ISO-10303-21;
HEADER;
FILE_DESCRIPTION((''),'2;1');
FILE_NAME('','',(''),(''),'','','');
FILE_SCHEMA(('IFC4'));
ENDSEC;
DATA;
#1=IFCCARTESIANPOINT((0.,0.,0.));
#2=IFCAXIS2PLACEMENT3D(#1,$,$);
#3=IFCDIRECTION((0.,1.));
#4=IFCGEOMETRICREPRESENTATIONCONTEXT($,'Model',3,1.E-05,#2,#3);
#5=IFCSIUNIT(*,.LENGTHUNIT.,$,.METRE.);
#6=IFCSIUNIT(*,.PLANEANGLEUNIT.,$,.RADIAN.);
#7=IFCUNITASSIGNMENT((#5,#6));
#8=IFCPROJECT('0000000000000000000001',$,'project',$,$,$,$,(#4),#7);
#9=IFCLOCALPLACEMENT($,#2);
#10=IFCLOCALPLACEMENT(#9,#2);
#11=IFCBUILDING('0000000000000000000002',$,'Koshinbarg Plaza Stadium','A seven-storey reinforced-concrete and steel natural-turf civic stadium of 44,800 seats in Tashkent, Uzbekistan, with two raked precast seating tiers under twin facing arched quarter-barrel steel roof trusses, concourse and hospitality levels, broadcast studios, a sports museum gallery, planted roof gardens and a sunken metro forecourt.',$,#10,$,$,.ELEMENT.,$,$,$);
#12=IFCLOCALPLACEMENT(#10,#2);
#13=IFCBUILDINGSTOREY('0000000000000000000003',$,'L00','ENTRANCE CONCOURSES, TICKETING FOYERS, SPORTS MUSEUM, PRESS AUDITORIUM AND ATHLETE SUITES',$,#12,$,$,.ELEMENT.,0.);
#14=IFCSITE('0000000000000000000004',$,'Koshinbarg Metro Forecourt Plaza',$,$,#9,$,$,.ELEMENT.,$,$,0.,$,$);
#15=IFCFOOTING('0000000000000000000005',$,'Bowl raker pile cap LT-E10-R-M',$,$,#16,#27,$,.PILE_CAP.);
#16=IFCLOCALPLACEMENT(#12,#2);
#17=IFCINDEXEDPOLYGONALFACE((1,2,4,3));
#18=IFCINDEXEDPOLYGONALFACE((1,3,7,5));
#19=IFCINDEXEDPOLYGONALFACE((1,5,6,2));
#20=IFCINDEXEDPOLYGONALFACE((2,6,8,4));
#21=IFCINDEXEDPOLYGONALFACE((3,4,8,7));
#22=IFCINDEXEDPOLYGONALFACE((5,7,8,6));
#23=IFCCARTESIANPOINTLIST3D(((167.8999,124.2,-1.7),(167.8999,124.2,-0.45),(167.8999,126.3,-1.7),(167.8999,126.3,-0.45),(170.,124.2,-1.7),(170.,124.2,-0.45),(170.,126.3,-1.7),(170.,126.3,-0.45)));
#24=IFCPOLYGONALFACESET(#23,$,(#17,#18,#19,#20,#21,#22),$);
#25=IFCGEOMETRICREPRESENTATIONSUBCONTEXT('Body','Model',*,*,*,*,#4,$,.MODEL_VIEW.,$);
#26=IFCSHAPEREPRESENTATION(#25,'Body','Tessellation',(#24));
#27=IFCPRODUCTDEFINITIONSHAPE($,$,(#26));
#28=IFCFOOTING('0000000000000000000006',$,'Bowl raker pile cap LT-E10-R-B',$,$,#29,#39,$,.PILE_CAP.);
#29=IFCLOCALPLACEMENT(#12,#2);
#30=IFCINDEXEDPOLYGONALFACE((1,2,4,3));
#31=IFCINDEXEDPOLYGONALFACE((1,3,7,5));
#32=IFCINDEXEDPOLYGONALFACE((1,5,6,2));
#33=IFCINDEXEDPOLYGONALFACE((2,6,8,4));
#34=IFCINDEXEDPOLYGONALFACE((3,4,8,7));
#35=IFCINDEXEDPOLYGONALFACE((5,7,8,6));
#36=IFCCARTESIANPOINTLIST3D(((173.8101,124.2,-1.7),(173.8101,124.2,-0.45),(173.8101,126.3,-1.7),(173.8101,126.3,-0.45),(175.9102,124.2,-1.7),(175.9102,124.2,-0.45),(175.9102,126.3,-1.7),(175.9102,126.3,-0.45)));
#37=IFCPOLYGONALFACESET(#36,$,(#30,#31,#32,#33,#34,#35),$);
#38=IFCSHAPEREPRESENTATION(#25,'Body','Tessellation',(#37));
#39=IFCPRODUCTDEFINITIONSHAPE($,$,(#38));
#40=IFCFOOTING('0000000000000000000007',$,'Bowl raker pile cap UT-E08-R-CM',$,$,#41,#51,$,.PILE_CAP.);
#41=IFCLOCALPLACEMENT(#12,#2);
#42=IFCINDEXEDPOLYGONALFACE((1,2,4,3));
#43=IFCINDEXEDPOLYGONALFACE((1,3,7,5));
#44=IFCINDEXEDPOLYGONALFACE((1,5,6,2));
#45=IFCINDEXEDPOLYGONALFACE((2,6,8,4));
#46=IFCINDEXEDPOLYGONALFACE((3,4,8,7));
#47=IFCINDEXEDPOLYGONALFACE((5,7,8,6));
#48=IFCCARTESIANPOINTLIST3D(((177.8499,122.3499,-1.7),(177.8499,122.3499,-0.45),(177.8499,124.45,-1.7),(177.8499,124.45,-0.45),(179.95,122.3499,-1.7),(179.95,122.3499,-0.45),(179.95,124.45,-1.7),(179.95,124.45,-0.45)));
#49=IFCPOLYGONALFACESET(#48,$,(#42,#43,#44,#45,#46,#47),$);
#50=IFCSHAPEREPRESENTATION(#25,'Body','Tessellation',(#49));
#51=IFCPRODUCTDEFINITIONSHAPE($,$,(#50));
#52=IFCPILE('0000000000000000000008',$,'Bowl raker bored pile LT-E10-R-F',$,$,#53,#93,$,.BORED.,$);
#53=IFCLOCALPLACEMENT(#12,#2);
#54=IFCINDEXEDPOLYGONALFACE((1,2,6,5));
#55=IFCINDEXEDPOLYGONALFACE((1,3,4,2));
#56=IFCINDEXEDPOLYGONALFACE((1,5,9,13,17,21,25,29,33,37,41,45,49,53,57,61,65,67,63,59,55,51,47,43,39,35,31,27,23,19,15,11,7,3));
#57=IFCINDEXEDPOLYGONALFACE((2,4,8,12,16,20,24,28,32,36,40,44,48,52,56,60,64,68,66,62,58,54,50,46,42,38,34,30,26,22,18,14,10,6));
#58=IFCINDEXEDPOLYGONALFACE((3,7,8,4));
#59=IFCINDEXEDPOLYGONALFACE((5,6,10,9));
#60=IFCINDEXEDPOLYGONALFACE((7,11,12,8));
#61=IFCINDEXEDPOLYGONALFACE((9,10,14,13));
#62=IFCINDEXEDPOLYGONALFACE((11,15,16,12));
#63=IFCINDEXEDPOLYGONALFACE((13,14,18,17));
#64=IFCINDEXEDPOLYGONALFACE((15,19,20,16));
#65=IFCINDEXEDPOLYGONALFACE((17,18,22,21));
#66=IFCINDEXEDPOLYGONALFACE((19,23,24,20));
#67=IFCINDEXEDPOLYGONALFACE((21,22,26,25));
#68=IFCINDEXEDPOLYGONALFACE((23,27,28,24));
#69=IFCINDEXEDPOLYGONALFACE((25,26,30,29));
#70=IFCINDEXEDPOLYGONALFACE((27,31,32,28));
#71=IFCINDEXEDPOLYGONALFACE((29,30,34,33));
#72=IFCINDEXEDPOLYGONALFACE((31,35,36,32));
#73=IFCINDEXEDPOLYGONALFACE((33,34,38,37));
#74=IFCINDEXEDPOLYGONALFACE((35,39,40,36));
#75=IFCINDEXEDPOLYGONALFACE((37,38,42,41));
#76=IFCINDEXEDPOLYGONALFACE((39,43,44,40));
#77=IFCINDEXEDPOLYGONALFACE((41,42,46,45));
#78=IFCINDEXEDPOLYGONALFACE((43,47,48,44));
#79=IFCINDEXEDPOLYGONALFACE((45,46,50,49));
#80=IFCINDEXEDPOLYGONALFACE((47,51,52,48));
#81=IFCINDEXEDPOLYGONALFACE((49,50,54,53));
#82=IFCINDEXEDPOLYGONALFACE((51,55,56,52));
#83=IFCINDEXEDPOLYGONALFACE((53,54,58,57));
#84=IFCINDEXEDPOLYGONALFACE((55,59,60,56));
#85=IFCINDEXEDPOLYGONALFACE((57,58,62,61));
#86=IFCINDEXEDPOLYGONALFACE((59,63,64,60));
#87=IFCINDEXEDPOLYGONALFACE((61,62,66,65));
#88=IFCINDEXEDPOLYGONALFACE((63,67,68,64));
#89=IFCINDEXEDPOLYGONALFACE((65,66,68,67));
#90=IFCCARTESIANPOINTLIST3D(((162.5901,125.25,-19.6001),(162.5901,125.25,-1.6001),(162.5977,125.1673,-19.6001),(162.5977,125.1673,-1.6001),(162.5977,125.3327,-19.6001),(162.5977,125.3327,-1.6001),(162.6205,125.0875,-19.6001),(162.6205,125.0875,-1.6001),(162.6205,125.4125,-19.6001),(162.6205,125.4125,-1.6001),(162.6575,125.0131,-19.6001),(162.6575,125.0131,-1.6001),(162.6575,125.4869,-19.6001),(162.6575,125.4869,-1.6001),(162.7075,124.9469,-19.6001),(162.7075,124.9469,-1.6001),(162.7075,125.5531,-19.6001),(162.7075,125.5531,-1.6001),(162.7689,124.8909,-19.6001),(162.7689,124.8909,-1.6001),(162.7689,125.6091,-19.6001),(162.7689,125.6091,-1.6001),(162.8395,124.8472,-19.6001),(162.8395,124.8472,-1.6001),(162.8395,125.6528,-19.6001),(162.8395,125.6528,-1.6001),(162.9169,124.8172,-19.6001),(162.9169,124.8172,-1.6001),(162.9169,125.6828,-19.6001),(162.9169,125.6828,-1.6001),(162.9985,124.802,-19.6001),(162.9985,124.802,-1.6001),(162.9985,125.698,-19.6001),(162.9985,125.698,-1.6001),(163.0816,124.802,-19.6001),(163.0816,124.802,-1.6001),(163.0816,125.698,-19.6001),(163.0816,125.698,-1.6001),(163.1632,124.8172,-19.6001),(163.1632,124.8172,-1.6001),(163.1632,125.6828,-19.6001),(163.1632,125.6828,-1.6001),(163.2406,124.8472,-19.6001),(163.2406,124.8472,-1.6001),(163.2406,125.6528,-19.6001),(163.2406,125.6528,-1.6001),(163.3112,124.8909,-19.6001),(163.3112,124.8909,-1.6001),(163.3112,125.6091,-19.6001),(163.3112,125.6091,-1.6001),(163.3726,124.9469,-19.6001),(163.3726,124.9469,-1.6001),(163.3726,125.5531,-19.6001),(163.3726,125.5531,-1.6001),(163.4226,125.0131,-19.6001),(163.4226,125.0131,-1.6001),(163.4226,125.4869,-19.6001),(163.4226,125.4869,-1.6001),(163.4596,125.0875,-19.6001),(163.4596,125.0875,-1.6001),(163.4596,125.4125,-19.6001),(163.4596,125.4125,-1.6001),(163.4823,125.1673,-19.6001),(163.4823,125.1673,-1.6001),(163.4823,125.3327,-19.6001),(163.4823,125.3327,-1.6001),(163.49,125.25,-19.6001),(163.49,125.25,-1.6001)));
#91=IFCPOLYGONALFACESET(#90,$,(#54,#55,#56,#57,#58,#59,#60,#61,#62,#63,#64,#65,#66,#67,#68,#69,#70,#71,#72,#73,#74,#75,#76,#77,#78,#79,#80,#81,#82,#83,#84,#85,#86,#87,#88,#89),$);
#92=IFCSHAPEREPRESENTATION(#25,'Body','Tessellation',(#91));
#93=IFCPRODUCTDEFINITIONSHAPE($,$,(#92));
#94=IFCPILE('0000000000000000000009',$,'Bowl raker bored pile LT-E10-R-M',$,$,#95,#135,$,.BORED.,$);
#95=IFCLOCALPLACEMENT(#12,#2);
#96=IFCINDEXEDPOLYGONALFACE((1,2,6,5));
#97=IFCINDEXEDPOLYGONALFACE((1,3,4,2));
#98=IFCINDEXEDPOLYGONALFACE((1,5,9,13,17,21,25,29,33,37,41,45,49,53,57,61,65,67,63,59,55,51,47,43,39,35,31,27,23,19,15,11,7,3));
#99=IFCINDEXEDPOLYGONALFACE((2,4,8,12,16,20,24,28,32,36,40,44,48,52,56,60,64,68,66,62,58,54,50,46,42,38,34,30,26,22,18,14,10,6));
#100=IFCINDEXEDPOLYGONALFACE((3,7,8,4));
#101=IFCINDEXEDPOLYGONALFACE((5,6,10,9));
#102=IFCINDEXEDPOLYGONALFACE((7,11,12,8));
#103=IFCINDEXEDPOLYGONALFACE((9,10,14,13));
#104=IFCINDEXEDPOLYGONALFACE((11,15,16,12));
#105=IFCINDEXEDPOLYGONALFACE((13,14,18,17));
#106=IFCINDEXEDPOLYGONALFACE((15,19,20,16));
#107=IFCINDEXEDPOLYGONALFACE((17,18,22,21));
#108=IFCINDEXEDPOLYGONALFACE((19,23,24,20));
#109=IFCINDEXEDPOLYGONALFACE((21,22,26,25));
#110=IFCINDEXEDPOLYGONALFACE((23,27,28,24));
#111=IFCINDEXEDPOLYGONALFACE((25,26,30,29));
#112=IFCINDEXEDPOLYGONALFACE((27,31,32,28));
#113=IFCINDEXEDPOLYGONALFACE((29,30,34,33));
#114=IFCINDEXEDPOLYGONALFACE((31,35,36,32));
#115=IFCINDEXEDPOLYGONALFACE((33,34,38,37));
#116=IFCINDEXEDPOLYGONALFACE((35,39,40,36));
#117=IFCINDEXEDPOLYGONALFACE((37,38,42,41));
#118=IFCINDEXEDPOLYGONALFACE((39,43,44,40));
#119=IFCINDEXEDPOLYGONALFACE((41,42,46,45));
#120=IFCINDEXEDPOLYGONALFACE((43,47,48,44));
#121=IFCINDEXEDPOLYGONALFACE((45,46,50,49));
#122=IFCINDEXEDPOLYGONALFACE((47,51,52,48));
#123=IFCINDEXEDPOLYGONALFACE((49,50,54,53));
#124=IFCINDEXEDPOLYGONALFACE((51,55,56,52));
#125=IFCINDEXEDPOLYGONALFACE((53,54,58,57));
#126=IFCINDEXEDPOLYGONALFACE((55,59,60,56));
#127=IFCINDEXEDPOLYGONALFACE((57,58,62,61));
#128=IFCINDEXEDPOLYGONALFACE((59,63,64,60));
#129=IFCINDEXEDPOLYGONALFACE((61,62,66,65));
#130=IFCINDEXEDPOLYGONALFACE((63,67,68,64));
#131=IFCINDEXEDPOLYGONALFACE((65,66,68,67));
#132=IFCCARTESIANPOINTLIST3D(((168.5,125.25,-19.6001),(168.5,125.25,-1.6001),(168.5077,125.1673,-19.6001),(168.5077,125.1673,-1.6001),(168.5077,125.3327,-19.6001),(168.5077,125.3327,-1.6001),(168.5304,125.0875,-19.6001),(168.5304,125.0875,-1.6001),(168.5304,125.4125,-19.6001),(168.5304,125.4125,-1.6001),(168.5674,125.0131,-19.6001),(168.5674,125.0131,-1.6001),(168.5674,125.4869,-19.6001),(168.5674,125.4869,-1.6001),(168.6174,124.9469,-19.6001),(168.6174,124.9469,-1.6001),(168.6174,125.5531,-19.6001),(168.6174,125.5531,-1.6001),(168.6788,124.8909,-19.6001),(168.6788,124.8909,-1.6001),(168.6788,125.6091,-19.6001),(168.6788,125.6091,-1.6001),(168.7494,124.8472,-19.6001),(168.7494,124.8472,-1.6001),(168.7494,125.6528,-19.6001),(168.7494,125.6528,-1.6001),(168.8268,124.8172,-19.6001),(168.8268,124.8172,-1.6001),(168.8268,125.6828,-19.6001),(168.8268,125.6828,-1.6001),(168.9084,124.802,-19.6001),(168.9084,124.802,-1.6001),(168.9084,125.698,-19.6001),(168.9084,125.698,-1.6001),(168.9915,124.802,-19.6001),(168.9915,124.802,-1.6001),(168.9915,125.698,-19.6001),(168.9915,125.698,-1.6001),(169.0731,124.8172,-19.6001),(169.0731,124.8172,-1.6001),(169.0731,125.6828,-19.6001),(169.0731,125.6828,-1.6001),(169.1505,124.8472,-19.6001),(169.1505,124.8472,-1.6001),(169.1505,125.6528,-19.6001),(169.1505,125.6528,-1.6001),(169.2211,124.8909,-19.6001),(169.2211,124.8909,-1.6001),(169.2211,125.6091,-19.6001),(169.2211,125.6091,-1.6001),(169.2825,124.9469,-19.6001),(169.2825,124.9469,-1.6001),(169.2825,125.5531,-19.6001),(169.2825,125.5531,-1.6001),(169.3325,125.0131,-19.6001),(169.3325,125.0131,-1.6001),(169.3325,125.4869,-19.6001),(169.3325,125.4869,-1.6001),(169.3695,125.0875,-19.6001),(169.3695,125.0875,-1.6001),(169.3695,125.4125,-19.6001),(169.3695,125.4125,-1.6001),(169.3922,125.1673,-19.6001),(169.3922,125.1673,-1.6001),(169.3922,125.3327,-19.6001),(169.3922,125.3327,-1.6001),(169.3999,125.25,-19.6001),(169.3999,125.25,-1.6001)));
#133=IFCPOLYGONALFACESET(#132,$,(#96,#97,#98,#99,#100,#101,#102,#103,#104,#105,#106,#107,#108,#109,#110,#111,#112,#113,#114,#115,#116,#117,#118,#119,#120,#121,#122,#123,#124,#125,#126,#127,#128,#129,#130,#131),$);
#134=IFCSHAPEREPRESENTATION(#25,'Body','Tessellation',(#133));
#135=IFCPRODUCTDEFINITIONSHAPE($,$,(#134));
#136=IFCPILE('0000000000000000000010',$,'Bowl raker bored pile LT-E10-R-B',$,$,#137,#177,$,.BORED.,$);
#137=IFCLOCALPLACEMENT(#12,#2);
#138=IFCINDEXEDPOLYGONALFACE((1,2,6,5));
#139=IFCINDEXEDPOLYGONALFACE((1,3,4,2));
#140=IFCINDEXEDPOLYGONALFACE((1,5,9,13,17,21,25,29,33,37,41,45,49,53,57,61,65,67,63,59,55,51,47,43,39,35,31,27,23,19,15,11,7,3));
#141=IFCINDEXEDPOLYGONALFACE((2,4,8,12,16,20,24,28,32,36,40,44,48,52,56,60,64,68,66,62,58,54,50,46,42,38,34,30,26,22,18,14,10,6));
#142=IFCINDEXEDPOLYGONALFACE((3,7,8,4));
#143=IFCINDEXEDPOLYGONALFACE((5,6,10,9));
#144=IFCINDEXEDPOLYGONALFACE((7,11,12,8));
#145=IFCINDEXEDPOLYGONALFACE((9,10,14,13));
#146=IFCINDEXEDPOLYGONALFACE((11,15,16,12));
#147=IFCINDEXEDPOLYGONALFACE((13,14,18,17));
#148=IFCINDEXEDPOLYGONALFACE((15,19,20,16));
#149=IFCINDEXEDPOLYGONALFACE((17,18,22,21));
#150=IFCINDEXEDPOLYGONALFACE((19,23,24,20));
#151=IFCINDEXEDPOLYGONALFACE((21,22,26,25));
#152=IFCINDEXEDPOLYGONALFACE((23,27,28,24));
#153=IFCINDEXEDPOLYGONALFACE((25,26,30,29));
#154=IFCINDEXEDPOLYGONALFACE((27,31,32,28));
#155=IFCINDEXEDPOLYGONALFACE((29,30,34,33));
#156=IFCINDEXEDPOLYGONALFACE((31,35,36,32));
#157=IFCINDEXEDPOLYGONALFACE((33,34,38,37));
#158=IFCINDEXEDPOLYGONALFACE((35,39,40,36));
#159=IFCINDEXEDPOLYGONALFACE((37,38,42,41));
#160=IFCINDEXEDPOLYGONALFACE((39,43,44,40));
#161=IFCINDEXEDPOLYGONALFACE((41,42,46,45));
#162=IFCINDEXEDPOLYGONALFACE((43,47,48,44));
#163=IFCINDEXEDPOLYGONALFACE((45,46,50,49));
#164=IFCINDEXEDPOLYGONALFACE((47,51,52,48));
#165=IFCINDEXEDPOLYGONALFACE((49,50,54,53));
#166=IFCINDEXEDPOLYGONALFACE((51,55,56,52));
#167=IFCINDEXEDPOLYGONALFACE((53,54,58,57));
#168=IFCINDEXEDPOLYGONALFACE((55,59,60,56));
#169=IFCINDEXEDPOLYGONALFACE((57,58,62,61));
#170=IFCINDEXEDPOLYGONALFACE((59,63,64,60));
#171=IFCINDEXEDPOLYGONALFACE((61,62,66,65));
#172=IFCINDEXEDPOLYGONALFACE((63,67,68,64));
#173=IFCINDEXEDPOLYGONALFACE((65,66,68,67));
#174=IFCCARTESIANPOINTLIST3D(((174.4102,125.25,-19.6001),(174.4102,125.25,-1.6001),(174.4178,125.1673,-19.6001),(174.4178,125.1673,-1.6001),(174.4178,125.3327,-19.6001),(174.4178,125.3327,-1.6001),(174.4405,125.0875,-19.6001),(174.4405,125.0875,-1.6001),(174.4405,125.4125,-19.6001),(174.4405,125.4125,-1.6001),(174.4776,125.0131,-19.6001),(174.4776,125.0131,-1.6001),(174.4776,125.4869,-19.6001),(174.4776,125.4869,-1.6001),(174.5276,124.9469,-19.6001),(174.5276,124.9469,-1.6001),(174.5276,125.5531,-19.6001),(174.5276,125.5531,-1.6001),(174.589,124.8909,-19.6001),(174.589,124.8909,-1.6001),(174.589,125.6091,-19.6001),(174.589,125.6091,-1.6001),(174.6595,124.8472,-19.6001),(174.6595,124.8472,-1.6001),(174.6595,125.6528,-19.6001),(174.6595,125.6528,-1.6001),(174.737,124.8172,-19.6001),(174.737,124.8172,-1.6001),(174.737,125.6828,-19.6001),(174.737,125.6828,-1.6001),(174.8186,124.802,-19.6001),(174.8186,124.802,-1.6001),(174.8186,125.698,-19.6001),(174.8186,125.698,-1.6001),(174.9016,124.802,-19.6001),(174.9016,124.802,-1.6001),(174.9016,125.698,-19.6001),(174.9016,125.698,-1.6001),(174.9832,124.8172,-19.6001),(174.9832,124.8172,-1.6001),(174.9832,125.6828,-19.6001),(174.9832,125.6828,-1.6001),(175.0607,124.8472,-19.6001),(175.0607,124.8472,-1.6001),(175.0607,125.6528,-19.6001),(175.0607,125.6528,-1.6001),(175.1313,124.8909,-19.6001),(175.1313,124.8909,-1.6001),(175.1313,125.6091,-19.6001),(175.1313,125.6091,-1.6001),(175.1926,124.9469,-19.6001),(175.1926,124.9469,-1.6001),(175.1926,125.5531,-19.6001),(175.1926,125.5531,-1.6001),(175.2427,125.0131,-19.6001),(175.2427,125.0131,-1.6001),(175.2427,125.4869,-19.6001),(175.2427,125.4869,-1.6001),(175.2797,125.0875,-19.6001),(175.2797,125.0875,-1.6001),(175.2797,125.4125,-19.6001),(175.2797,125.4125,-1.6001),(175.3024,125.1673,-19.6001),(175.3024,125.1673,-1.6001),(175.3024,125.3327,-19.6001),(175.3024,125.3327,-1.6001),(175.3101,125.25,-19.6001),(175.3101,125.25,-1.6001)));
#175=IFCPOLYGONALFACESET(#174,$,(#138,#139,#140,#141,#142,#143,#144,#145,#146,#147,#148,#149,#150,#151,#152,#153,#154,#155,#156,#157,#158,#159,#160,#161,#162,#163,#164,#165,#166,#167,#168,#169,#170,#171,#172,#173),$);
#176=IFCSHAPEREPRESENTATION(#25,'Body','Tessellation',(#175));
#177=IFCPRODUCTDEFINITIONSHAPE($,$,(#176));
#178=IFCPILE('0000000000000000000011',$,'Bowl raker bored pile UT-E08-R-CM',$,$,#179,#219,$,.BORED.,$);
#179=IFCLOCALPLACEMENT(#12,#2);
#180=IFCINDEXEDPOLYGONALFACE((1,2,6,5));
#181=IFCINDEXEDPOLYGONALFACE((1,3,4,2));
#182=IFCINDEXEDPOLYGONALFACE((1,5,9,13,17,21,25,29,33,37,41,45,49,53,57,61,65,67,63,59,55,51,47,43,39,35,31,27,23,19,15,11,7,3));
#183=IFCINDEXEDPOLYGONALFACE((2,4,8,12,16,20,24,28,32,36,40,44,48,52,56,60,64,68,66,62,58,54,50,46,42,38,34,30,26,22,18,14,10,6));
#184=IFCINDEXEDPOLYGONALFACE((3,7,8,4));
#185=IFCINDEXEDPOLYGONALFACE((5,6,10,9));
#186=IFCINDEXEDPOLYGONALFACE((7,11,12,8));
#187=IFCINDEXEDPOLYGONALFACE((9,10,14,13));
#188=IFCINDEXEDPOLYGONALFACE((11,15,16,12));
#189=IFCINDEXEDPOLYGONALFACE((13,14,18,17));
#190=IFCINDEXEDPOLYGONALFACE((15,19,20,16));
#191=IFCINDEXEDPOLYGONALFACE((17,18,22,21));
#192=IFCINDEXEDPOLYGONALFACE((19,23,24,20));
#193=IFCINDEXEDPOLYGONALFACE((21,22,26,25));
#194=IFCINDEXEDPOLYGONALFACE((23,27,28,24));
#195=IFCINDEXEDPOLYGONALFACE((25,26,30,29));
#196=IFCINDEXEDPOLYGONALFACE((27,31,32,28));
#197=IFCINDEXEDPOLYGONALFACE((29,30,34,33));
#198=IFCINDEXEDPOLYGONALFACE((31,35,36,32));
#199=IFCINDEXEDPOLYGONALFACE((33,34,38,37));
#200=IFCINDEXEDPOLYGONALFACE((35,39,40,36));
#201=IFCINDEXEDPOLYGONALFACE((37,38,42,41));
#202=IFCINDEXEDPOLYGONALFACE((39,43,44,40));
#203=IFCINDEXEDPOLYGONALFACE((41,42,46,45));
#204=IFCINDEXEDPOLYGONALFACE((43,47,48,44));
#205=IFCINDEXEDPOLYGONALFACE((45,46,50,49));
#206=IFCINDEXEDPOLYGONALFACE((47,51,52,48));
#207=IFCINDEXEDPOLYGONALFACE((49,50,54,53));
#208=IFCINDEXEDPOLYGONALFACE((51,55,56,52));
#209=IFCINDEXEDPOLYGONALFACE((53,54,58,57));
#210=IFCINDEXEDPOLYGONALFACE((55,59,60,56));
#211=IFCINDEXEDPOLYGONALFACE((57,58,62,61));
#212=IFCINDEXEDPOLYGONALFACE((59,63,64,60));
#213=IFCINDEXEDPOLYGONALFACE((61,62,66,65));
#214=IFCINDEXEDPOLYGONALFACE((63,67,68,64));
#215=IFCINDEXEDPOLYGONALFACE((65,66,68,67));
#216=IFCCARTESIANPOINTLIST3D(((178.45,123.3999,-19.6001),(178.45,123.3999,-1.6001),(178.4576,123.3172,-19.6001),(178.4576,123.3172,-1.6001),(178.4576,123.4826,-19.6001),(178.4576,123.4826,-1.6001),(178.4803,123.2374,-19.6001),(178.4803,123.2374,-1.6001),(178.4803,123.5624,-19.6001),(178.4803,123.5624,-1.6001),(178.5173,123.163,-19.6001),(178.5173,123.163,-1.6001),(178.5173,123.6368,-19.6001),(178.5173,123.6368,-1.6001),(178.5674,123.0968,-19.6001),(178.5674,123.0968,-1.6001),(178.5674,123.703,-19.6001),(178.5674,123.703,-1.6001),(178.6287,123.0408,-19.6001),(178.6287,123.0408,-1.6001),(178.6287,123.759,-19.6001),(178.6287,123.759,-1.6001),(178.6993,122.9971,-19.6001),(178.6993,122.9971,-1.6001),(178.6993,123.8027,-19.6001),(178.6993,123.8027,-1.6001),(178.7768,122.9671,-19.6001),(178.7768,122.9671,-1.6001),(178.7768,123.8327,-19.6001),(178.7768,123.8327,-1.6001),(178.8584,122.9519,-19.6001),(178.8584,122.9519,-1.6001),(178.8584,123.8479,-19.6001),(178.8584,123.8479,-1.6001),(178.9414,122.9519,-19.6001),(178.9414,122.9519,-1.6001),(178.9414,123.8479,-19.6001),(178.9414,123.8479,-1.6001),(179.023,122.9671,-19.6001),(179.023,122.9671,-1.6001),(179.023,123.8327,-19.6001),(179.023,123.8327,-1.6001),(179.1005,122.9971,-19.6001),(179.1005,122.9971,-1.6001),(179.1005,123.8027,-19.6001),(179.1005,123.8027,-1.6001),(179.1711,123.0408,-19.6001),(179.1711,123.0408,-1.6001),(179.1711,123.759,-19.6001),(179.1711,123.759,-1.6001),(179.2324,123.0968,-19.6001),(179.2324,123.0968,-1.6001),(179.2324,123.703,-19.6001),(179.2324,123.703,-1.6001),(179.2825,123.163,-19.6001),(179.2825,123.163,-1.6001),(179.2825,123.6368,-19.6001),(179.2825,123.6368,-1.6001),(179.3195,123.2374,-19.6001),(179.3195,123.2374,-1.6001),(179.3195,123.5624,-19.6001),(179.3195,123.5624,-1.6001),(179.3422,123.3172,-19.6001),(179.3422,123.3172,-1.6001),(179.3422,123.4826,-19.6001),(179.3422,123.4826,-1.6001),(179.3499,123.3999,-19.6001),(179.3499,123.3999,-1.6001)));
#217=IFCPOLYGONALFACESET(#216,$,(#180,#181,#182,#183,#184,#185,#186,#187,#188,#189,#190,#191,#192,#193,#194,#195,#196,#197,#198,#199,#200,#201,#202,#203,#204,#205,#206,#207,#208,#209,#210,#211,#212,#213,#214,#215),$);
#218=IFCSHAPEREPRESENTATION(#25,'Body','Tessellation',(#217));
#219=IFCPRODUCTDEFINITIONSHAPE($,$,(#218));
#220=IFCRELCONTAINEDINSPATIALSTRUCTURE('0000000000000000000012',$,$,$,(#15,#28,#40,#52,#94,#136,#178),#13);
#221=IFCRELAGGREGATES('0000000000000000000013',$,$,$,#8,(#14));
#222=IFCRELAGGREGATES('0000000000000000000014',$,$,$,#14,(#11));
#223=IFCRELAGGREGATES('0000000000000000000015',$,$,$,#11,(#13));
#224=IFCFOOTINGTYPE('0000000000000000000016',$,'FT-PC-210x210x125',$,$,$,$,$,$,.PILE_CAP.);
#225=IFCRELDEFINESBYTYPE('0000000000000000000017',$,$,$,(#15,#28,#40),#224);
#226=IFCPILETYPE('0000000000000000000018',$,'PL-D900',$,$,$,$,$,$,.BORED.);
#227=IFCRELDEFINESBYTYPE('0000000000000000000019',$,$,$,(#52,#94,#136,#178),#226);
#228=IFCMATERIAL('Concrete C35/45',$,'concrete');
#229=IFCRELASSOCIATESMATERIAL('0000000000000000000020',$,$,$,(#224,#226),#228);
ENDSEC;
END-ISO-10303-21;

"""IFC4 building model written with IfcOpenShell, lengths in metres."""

from ifc_helpers import new_model, si_unit, direction, frame, origin, origin_2d, place, context, subcontext, project, spatial, rectangle, circle, extrude, material, material_profile, profile_set, type_object, element, save


model = new_model("IFC4")

# Units and contexts
model_context = context("Model", 3, precision=1e-05, world=origin(), true_north=direction((0.0, 1.0)))
body_context = subcontext(model_context, "Body", "Model", "MODEL_VIEW")
ifc_project = project(units=[si_unit("LENGTHUNIT", "METRE"), si_unit("PLANEANGLEUNIT", "RADIAN")], contexts=[model_context])

# Site, building, storey
site_placement = place(None, origin())
site = spatial("IfcSite", under=ifc_project, at=site_placement, Name="Koshinbarg Metro Forecourt Plaza", CompositionType="ELEMENT", RefElevation=0.0)
building_placement = place(site_placement, origin())
building = spatial("IfcBuilding", under=site, at=building_placement, Name="Koshinbarg Plaza Stadium", Description="A seven-storey reinforced-concrete and steel natural-turf civic stadium of 44,800 seats in Tashkent, Uzbekistan, with two raked precast seating tiers under twin facing arched quarter-barrel steel roof trusses, concourse and hospitality levels, broadcast studios, a sports museum gallery, planted roof gardens and a sunken metro forecourt.", CompositionType="ELEMENT")
storey_placement = place(building_placement, origin())
storey = spatial("IfcBuildingStorey", under=building, at=storey_placement, Name="L00", Description="ENTRANCE CONCOURSES, TICKETING FOYERS, SPORTS MUSEUM, PRESS AUDITORIUM AND ATHLETE SUITES", CompositionType="ELEMENT", Elevation=0.0)

# Footings
ifc_material_1 = material(Name="Concrete C35/45", Category="concrete")
footing_type = type_object("IfcFootingType", Name="FT-PC-210x210x125", PredefinedType="PILE_CAP", material=ifc_material_1)
for number, where, z_axis, x_axis, name in (
    (1, (168.95, 125.25, -1.7), (0.0, 0.0, 1.0), (1.0, 0.0, 0.0), "Bowl raker pile cap LT-E10-R-M"),
    (2, (174.8601, 125.25, -1.7), (0.0, 0.0, 1.0), (1.0, 0.0, 0.0), "Bowl raker pile cap LT-E10-R-B"),
    (3, (178.8999, 123.3999, -1.7), (0.0, 0.0, 1.0), (1.0, 0.0, 0.0), "Bowl raker pile cap UT-E08-R-CM"),
):
    element("IfcFooting", number, at=place(storey_placement, frame(where, z_axis=z_axis, x_axis=x_axis)), inside=storey, type_object=footing_type, Name=name, PredefinedType="PILE_CAP", context=body_context, shape_type="SweptSolid", body=[
        extrude(rectangle(XDim=2.1001, YDim=2.1001, at=origin_2d()), origin(), (0.0, 0.0, 1.0), 1.25),
    ])

# Piles
ifc_material_profile_1 = material_profile(ifc_material_1, circle(Radius=0.45, at=origin_2d()), Name="PILE D900")
ifc_profile_set_1 = profile_set([ifc_material_profile_1], Name="Concrete C35/45")
pile_type = type_object("IfcPileType", Name="PL-D900", PredefinedType="BORED", material=ifc_profile_set_1)
for number, where, z_axis, x_axis, name in (
    (4, (163.04, 125.25, -1.6001), (0.0, 0.0, -1.0), (1.0, 0.0, 0.0), "Bowl raker bored pile LT-E10-R-F"),
    (5, (168.95, 125.25, -1.6001), (0.0, 0.0, -1.0), (1.0, 0.0, 0.0), "Bowl raker bored pile LT-E10-R-M"),
    (6, (174.8601, 125.25, -1.6001), (0.0, 0.0, -1.0), (1.0, 0.0, 0.0), "Bowl raker bored pile LT-E10-R-B"),
    (7, (178.8999, 123.3999, -1.6001), (0.0, 0.0, -1.0), (1.0, 0.0, 0.0), "Bowl raker bored pile UT-E08-R-CM"),
):
    element("IfcPile", number, at=place(storey_placement, frame(where, z_axis=z_axis, x_axis=x_axis)), inside=storey, type_object=pile_type, Name=name, PredefinedType="BORED", context=body_context, shape_type="SweptSolid", body=[
        extrude(circle(Radius=0.45, at=origin_2d()), origin(), (0.0, 0.0, 1.0), 18.0),
    ])

save(model, "model.ifc")
